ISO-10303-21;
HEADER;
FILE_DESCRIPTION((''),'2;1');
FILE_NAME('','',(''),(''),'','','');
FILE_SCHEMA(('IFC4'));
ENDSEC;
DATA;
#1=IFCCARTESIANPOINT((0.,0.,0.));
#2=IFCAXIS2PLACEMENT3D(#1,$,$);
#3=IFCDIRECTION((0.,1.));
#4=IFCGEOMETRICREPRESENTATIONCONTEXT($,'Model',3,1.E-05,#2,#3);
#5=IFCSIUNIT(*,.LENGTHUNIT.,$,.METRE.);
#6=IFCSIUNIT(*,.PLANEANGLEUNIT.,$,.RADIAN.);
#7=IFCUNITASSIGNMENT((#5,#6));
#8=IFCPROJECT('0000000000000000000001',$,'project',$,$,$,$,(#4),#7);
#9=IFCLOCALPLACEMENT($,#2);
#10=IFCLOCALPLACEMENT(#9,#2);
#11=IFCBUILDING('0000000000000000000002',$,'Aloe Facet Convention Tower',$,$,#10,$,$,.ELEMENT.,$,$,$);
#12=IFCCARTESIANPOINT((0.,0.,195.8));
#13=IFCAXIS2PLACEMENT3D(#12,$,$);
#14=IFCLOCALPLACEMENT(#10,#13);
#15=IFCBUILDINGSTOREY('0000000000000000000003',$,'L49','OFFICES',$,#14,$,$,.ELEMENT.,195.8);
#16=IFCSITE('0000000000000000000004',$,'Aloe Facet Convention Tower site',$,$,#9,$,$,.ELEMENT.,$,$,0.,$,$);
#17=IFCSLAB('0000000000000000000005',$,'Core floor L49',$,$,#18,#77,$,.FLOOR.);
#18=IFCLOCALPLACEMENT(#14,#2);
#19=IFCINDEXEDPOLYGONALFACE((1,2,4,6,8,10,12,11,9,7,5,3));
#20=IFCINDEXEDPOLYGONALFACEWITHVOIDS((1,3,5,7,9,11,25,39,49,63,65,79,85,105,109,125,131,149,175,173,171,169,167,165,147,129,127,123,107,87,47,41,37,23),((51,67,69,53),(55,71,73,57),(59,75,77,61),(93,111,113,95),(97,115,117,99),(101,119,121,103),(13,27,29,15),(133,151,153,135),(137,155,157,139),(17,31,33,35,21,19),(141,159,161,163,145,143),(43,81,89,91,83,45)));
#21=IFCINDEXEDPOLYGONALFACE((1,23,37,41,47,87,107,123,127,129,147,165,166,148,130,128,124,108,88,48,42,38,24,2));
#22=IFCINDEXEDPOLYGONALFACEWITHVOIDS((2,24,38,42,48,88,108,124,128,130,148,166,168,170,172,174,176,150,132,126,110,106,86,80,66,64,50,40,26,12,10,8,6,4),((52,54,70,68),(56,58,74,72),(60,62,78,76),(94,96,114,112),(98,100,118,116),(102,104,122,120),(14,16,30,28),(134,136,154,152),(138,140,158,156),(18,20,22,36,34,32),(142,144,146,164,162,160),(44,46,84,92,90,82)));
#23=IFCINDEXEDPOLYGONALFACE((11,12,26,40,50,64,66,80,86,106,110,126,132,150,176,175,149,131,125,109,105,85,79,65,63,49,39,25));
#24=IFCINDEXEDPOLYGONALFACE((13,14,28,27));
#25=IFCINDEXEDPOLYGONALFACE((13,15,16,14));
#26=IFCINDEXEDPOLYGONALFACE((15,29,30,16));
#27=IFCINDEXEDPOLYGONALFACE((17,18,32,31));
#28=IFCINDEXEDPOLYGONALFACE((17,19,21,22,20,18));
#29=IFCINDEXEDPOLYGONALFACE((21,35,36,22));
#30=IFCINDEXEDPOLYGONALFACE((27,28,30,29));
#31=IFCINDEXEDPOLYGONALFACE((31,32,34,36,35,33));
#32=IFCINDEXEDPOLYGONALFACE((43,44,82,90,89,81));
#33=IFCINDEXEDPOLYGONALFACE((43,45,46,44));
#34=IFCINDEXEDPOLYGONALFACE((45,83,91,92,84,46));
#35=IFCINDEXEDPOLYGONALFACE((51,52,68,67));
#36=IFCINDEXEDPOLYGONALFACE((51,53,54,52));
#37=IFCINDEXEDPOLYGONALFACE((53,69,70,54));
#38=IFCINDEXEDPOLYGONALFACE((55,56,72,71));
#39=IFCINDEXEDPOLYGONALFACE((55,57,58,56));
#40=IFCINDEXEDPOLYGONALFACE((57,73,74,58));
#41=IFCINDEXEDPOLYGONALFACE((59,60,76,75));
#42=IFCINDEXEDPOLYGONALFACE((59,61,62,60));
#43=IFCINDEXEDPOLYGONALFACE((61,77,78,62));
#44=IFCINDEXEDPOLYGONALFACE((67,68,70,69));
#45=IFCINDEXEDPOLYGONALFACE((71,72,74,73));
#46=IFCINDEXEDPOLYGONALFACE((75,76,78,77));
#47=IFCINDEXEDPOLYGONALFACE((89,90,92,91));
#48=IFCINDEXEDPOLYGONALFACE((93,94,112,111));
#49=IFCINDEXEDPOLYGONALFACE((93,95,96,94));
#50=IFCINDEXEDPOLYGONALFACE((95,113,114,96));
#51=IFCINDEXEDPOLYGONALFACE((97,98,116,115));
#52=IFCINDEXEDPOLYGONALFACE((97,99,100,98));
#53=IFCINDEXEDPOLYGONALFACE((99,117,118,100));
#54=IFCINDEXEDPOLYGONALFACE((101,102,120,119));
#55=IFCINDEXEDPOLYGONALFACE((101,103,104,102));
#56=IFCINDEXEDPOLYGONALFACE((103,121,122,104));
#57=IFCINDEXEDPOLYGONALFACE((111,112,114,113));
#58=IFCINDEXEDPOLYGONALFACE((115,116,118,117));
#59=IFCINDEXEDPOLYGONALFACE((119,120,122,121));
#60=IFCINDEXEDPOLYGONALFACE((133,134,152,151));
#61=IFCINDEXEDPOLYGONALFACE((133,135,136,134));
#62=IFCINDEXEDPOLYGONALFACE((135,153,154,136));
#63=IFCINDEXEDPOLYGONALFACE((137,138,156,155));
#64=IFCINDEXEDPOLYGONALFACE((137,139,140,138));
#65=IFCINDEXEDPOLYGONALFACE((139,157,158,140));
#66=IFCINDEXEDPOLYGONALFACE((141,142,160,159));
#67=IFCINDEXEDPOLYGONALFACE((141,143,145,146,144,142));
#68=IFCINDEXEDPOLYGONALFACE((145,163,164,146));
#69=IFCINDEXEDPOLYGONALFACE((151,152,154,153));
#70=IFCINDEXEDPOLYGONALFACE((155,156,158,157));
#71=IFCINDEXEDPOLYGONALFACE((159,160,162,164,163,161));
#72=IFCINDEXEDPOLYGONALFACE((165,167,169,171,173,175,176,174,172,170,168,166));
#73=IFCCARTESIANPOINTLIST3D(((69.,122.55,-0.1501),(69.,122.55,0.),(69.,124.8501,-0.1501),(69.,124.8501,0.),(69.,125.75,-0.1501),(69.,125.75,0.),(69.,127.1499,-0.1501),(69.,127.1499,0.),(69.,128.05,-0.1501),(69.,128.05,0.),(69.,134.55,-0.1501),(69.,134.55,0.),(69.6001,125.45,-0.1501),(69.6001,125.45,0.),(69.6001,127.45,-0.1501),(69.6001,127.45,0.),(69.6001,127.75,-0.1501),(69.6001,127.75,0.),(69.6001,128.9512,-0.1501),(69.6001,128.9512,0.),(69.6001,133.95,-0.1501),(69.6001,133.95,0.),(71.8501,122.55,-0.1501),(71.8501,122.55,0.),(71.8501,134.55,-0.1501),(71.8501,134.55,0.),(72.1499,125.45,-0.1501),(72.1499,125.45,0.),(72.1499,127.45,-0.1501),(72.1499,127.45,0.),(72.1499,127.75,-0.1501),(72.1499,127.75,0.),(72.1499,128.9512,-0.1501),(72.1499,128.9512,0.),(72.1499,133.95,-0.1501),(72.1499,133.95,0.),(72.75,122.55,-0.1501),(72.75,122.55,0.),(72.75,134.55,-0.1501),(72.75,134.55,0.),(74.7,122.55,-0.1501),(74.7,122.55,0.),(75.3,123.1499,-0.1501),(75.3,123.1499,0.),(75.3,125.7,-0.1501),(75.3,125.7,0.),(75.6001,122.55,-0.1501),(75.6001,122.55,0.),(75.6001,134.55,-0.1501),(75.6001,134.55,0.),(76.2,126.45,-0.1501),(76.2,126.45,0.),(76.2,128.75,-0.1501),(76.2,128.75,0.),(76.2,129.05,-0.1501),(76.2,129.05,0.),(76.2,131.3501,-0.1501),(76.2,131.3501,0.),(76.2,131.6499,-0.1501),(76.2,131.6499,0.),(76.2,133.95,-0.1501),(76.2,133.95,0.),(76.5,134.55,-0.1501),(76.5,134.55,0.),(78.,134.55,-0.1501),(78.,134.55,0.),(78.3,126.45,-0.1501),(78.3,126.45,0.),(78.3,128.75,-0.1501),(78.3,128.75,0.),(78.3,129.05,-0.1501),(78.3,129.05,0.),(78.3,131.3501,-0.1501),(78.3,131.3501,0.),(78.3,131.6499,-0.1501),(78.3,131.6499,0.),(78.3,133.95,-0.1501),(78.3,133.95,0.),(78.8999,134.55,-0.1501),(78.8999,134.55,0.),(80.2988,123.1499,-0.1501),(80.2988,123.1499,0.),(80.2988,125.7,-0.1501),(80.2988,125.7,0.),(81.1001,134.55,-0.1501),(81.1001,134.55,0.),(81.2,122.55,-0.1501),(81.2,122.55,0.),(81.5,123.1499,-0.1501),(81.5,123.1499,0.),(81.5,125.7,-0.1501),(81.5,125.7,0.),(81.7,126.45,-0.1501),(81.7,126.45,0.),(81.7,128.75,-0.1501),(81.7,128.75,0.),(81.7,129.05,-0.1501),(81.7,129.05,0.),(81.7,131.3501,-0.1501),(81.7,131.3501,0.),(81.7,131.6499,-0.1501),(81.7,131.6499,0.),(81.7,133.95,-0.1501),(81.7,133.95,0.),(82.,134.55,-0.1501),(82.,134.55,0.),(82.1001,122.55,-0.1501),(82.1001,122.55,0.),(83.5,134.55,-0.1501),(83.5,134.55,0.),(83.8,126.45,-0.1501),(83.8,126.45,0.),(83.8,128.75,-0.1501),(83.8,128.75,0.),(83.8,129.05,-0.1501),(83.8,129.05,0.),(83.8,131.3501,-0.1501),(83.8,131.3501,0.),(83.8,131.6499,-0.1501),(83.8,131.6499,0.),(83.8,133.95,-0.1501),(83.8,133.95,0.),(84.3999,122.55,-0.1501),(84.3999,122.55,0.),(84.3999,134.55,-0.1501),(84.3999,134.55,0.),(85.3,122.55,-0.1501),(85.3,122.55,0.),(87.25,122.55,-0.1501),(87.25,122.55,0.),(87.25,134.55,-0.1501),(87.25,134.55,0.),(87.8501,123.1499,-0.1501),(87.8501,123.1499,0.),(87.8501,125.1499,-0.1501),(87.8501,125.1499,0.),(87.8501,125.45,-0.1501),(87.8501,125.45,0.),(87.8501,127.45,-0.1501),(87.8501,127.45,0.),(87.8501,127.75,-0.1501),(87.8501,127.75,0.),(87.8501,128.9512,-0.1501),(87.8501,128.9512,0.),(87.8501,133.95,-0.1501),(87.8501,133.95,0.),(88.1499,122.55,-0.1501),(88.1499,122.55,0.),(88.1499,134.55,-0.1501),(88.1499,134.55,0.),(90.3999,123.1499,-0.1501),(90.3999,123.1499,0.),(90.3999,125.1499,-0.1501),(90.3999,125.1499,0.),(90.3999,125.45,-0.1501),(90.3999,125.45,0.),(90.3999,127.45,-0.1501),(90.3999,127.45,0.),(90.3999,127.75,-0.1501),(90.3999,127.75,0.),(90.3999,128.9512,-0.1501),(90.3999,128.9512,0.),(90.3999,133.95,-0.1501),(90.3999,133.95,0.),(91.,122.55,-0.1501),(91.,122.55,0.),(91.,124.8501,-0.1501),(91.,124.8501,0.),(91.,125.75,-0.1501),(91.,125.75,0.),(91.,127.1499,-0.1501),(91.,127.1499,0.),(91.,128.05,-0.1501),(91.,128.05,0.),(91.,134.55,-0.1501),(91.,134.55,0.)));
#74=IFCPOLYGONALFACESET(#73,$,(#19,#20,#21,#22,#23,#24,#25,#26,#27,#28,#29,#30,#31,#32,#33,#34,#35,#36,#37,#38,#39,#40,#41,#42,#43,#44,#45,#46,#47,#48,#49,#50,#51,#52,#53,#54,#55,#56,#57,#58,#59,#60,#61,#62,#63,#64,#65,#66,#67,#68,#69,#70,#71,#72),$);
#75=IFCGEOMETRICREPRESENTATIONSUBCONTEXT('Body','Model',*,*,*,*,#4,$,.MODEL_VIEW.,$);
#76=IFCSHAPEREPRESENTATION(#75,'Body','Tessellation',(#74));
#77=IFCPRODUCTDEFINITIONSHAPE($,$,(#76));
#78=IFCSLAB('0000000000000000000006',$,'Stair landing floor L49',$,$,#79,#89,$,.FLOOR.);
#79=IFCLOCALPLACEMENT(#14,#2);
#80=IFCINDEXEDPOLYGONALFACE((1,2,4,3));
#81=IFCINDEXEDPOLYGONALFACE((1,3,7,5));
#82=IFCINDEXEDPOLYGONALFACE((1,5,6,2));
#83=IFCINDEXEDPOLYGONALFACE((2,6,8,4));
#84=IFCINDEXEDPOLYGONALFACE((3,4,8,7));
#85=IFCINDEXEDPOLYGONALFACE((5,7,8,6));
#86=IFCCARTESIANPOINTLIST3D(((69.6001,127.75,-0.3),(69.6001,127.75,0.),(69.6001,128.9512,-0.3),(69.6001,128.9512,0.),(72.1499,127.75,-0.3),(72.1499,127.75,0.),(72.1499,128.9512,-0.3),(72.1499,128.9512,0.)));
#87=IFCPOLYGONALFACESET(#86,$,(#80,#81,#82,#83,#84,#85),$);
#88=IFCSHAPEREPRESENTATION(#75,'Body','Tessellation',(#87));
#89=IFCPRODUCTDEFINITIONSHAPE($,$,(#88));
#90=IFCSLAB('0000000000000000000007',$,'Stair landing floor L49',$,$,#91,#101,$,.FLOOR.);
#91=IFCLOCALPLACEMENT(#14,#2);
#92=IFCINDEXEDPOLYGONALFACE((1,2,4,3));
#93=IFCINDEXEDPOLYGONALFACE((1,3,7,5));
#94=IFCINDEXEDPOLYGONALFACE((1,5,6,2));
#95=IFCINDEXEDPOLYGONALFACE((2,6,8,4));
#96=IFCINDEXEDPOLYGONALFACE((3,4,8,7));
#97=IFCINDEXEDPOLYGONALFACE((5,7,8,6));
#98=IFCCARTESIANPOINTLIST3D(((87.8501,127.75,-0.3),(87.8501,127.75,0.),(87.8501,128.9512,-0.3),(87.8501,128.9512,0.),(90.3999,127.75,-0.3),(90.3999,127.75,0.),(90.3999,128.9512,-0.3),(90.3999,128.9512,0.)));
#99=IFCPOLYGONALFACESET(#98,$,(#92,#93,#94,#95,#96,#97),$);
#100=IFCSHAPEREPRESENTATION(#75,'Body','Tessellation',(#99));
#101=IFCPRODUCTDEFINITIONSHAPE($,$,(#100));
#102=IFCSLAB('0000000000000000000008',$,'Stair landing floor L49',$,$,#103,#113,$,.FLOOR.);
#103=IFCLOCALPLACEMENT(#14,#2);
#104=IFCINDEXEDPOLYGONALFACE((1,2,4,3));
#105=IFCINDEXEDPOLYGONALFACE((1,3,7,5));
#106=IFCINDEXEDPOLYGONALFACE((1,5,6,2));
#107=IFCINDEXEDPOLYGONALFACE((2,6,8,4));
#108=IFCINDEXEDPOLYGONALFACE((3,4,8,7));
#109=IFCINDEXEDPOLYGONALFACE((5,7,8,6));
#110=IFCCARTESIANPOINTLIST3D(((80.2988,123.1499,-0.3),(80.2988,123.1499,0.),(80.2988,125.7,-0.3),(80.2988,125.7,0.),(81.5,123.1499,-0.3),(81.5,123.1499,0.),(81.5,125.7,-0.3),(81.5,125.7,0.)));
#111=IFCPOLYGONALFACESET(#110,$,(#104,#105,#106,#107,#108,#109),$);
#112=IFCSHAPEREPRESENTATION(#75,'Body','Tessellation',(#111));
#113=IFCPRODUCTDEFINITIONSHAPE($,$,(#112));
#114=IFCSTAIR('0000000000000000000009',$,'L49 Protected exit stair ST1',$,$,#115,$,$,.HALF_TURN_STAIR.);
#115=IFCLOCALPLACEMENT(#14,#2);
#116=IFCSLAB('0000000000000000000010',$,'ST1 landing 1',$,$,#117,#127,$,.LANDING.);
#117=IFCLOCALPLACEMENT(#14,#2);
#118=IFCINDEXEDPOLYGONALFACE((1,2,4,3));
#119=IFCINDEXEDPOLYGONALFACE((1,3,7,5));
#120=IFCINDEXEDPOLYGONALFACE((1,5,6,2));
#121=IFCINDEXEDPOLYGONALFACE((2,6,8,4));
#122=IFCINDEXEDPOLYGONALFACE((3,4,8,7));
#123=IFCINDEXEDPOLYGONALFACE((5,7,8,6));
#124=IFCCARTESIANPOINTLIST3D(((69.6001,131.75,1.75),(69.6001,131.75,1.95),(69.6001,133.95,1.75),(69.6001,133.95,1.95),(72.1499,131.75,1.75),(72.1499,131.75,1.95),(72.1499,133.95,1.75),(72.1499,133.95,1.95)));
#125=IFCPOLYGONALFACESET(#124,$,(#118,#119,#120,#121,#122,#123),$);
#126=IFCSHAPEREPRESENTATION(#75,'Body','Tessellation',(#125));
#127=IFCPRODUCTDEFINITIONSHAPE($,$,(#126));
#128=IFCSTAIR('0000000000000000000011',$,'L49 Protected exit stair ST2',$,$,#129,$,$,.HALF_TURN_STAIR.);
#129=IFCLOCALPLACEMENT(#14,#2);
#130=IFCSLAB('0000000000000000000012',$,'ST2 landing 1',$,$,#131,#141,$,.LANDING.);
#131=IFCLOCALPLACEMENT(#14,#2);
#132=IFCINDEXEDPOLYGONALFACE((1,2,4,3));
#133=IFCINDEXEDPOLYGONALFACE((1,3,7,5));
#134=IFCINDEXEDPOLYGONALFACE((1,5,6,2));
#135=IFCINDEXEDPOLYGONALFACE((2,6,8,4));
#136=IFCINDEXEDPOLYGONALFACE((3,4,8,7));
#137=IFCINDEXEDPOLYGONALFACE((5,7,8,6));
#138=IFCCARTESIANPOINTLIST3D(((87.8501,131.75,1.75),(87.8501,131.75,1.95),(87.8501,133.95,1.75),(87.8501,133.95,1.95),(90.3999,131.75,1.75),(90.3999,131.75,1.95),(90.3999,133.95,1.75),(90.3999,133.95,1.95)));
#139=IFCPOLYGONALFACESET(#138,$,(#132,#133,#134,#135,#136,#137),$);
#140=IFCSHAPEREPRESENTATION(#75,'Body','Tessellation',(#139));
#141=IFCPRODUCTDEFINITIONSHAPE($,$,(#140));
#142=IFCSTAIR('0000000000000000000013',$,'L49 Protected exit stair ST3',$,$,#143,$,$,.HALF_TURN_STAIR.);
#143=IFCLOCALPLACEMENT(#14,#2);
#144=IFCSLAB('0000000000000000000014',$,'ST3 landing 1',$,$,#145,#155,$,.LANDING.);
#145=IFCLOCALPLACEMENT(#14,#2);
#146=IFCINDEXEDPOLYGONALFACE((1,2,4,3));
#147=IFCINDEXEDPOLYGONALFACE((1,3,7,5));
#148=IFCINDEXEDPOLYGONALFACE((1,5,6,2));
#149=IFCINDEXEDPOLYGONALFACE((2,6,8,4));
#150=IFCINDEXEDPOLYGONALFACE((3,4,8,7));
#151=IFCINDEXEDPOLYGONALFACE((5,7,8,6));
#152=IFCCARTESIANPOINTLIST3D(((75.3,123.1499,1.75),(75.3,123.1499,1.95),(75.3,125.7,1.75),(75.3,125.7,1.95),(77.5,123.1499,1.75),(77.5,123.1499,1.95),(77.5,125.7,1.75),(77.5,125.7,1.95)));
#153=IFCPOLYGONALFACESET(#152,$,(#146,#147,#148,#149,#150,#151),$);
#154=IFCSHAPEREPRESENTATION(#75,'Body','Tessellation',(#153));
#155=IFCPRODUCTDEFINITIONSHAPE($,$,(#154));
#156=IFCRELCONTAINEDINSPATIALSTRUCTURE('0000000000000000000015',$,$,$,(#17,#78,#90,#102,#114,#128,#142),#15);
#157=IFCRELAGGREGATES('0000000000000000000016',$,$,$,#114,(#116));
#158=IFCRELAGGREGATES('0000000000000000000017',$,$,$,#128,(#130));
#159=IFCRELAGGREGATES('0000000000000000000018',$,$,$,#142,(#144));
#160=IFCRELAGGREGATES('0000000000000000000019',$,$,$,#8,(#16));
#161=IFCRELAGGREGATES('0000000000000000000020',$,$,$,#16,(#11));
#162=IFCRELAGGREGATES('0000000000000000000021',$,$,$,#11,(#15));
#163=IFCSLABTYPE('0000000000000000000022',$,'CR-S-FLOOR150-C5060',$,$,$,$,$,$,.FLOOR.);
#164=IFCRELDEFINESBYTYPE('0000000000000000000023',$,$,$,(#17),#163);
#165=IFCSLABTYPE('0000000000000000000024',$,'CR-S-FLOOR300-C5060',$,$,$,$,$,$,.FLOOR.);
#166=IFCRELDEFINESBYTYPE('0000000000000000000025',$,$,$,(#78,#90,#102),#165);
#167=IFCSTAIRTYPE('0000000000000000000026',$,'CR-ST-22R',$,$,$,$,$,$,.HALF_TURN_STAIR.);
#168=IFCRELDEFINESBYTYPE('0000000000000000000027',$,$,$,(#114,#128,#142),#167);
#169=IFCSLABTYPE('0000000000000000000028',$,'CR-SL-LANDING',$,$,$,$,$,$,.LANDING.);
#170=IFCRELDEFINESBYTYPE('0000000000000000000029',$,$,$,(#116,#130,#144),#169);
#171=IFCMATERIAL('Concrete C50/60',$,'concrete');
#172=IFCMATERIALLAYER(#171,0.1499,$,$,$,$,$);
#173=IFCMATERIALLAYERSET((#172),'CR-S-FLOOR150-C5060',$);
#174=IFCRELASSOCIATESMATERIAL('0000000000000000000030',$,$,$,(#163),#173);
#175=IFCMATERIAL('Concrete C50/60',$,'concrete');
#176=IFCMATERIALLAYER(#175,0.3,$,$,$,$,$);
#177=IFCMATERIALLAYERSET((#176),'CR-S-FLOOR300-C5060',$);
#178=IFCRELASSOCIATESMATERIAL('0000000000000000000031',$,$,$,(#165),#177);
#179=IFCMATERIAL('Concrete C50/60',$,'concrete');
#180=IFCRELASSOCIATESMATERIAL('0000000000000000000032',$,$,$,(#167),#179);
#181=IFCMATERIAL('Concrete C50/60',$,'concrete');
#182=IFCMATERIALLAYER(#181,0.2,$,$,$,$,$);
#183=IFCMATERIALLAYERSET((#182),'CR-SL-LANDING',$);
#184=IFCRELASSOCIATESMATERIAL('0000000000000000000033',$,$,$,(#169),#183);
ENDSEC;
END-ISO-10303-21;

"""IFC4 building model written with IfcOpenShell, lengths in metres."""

from ifc_helpers import new_model, si_unit, direction, frame, origin, place, context, subcontext, project, spatial, polyline, outline, extrude, material, layer, layer_set, type_object, element, aggregate, save


model = new_model("IFC4")

# Units and contexts
model_context = context("Model", 3, precision=1e-05, world=origin(), true_north=direction((0.0, 1.0)))
body_context = subcontext(model_context, "Body", "Model", "MODEL_VIEW")
ifc_project = project(units=[si_unit("LENGTHUNIT", "METRE"), si_unit("PLANEANGLEUNIT", "RADIAN")], contexts=[model_context])

# Site, building, storey
site_placement = place(None, origin())
site = spatial("IfcSite", under=ifc_project, at=site_placement, Name="Aloe Facet Convention Tower site", CompositionType="ELEMENT", RefElevation=0.0)
building_placement = place(site_placement, origin())
building = spatial("IfcBuilding", under=site, at=building_placement, Name="Aloe Facet Convention Tower", CompositionType="ELEMENT")
storey_placement = place(building_placement, frame((0.0, 0.0, 195.8)))
storey = spatial("IfcBuildingStorey", under=building, at=storey_placement, Name="L49", Description="OFFICES", CompositionType="ELEMENT", Elevation=195.8)

# Slabs
ifc_material_1 = material(Name="Concrete C50/60", Category="concrete")
ifc_layer_1 = layer(ifc_material_1, 0.1499)
ifc_layer_set_1 = layer_set([ifc_layer_1], Name="CR-S-FLOOR150-C5060")
slab_type_1 = type_object("IfcSlabType", Name="CR-S-FLOOR150-C5060", PredefinedType="FLOOR", material=ifc_layer_set_1)
slab_1_placement = place(storey_placement, frame((0.0, 0.0, -0.1501)))
element("IfcSlab", 1, at=slab_1_placement, inside=storey, type_object=slab_type_1, Name="Core floor L49", PredefinedType="FLOOR", context=body_context, shape_type="SweptSolid", body=[
    extrude(outline(polyline([(71.8501, 134.55), (72.75, 134.55), (75.6001, 134.55), (76.5, 134.55), (78.0, 134.55), (78.8999, 134.55), (81.1001, 134.55), (82.0, 134.55), (83.5, 134.55), (84.3999, 134.55), (87.25, 134.55), (88.1499, 134.55), (91.0, 134.55), (91.0, 128.05), (91.0, 127.1499), (91.0, 125.75), (91.0, 124.8501), (91.0, 122.55), (88.1499, 122.55), (87.25, 122.55), (85.3, 122.55), (84.3999, 122.55), (82.1001, 122.55), (81.2, 122.55), (75.6001, 122.55), (74.7, 122.55), (72.75, 122.55), (71.8501, 122.55), (69.0, 122.55), (69.0, 124.8501), (69.0, 125.75), (69.0, 127.1499), (69.0, 128.05), (69.0, 134.55), (71.8501, 134.55)]), holes=[polyline([(80.2988, 123.1499), (81.5, 123.1499), (81.5, 125.7), (80.2988, 125.7), (75.3, 125.7), (75.3, 123.1499), (80.2988, 123.1499)]), polyline([(69.6001, 125.45), (72.1499, 125.45), (72.1499, 127.45), (69.6001, 127.45), (69.6001, 125.45)]), polyline([(76.2, 126.45), (78.3, 126.45), (78.3, 128.75), (76.2, 128.75), (76.2, 126.45)]), polyline([(78.3, 129.05), (78.3, 131.3501), (76.2, 131.3501), (76.2, 129.05), (78.3, 129.05)]), polyline([(69.6001, 133.95), (69.6001, 128.9512), (69.6001, 127.75), (72.1499, 127.75), (72.1499, 128.9512), (72.1499, 133.95), (69.6001, 133.95)]), polyline([(76.2, 131.6499), (78.3, 131.6499), (78.3, 133.95), (76.2, 133.95), (76.2, 131.6499)]), polyline([(90.3999, 123.1499), (90.3999, 125.1499), (87.8501, 125.1499), (87.8501, 123.1499), (90.3999, 123.1499)]), polyline([(87.8501, 125.45), (90.3999, 125.45), (90.3999, 127.45), (87.8501, 127.45), (87.8501, 125.45)]), polyline([(81.7, 126.45), (83.8, 126.45), (83.8, 128.75), (81.7, 128.75), (81.7, 126.45)]), polyline([(83.8, 129.05), (83.8, 131.3501), (81.7, 131.3501), (81.7, 129.05), (83.8, 129.05)]), polyline([(87.8501, 133.95), (87.8501, 128.9512), (87.8501, 127.75), (90.3999, 127.75), (90.3999, 128.9512), (90.3999, 133.95), (87.8501, 133.95)]), polyline([(81.7, 131.6499), (83.8, 131.6499), (83.8, 133.95), (81.7, 133.95), (81.7, 131.6499)])]), origin(), (0.0, 0.0, 1.0), 0.1501),
])
ifc_material_2 = material(Name="Concrete C50/60", Category="concrete")
ifc_layer_2 = layer(ifc_material_2, 0.3)
ifc_layer_set_2 = layer_set([ifc_layer_2], Name="CR-S-FLOOR300-C5060")
slab_type_2 = type_object("IfcSlabType", Name="CR-S-FLOOR300-C5060", PredefinedType="FLOOR", material=ifc_layer_set_2)
slab_2_placement = place(storey_placement, frame((0.0, 0.0, -0.3)))
element("IfcSlab", 2, at=slab_2_placement, inside=storey, type_object=slab_type_2, Name="Stair landing floor L49", PredefinedType="FLOOR", context=body_context, shape_type="SweptSolid", body=[
    extrude(outline(polyline([(72.1499, 127.75), (72.1499, 128.9512), (69.6001, 128.9512), (69.6001, 127.75), (72.1499, 127.75)])), origin(), (0.0, 0.0, 1.0), 0.3),
])
slab_3_placement = place(storey_placement, frame((0.0, 0.0, -0.3)))
element("IfcSlab", 3, at=slab_3_placement, inside=storey, type_object=slab_type_2, Name="Stair landing floor L49", PredefinedType="FLOOR", context=body_context, shape_type="SweptSolid", body=[
    extrude(outline(polyline([(90.3999, 127.75), (90.3999, 128.9512), (87.8501, 128.9512), (87.8501, 127.75), (90.3999, 127.75)])), origin(), (0.0, 0.0, 1.0), 0.3),
])
slab_4_placement = place(storey_placement, frame((0.0, 0.0, -0.3)))
element("IfcSlab", 4, at=slab_4_placement, inside=storey, type_object=slab_type_2, Name="Stair landing floor L49", PredefinedType="FLOOR", context=body_context, shape_type="SweptSolid", body=[
    extrude(outline(polyline([(81.5, 125.7), (80.2988, 125.7), (80.2988, 123.1499), (81.5, 123.1499), (81.5, 125.7)])), origin(), (0.0, 0.0, 1.0), 0.3),
])

# Stairs, slabs
ifc_material_3 = material(Name="Concrete C50/60", Category="concrete")
stair_type = type_object("IfcStairType", Name="CR-ST-22R", PredefinedType="HALF_TURN_STAIR", material=ifc_material_3)
stair_1_placement = place(storey_placement, origin())
stair_1 = element("IfcStair", 5, at=stair_1_placement, inside=storey, type_object=stair_type, Name="L49 Protected exit stair ST1", PredefinedType="HALF_TURN_STAIR")
ifc_material_4 = material(Name="Concrete C50/60", Category="concrete")
ifc_layer_3 = layer(ifc_material_4, 0.2)
ifc_layer_set_3 = layer_set([ifc_layer_3], Name="CR-SL-LANDING")
slab_type_3 = type_object("IfcSlabType", Name="CR-SL-LANDING", PredefinedType="LANDING", material=ifc_layer_set_3)
slab_5_placement = place(storey_placement, frame((0.0, 0.0, 1.75)))
slab_5 = element("IfcSlab", 6, at=slab_5_placement, type_object=slab_type_3, Name="ST1 landing 1", PredefinedType="LANDING", context=body_context, shape_type="SweptSolid", body=[
    extrude(outline(polyline([(72.1499, 131.75), (72.1499, 133.95), (69.6001, 133.95), (69.6001, 131.75), (72.1499, 131.75)])), origin(), (0.0, 0.0, 1.0), 0.2),
])
aggregate(stair_1, [slab_5])
stair_2_placement = place(storey_placement, origin())
stair_2 = element("IfcStair", 7, at=stair_2_placement, inside=storey, type_object=stair_type, Name="L49 Protected exit stair ST2", PredefinedType="HALF_TURN_STAIR")
slab_6_placement = place(storey_placement, frame((0.0, 0.0, 1.75)))
slab_6 = element("IfcSlab", 8, at=slab_6_placement, type_object=slab_type_3, Name="ST2 landing 1", PredefinedType="LANDING", context=body_context, shape_type="SweptSolid", body=[
    extrude(outline(polyline([(90.3999, 131.75), (90.3999, 133.95), (87.8501, 133.95), (87.8501, 131.75), (90.3999, 131.75)])), origin(), (0.0, 0.0, 1.0), 0.2),
])
aggregate(stair_2, [slab_6])
stair_3_placement = place(storey_placement, origin())
stair_3 = element("IfcStair", 9, at=stair_3_placement, inside=storey, type_object=stair_type, Name="L49 Protected exit stair ST3", PredefinedType="HALF_TURN_STAIR")
slab_7_placement = place(storey_placement, frame((0.0, 0.0, 1.75)))
slab_7 = element("IfcSlab", 10, at=slab_7_placement, type_object=slab_type_3, Name="ST3 landing 1", PredefinedType="LANDING", context=body_context, shape_type="SweptSolid", body=[
    extrude(outline(polyline([(77.5, 125.7), (75.3, 125.7), (75.3, 123.1499), (77.5, 123.1499), (77.5, 125.7)])), origin(), (0.0, 0.0, 1.0), 0.2),
])
aggregate(stair_3, [slab_7])

save(model, "model.ifc")
